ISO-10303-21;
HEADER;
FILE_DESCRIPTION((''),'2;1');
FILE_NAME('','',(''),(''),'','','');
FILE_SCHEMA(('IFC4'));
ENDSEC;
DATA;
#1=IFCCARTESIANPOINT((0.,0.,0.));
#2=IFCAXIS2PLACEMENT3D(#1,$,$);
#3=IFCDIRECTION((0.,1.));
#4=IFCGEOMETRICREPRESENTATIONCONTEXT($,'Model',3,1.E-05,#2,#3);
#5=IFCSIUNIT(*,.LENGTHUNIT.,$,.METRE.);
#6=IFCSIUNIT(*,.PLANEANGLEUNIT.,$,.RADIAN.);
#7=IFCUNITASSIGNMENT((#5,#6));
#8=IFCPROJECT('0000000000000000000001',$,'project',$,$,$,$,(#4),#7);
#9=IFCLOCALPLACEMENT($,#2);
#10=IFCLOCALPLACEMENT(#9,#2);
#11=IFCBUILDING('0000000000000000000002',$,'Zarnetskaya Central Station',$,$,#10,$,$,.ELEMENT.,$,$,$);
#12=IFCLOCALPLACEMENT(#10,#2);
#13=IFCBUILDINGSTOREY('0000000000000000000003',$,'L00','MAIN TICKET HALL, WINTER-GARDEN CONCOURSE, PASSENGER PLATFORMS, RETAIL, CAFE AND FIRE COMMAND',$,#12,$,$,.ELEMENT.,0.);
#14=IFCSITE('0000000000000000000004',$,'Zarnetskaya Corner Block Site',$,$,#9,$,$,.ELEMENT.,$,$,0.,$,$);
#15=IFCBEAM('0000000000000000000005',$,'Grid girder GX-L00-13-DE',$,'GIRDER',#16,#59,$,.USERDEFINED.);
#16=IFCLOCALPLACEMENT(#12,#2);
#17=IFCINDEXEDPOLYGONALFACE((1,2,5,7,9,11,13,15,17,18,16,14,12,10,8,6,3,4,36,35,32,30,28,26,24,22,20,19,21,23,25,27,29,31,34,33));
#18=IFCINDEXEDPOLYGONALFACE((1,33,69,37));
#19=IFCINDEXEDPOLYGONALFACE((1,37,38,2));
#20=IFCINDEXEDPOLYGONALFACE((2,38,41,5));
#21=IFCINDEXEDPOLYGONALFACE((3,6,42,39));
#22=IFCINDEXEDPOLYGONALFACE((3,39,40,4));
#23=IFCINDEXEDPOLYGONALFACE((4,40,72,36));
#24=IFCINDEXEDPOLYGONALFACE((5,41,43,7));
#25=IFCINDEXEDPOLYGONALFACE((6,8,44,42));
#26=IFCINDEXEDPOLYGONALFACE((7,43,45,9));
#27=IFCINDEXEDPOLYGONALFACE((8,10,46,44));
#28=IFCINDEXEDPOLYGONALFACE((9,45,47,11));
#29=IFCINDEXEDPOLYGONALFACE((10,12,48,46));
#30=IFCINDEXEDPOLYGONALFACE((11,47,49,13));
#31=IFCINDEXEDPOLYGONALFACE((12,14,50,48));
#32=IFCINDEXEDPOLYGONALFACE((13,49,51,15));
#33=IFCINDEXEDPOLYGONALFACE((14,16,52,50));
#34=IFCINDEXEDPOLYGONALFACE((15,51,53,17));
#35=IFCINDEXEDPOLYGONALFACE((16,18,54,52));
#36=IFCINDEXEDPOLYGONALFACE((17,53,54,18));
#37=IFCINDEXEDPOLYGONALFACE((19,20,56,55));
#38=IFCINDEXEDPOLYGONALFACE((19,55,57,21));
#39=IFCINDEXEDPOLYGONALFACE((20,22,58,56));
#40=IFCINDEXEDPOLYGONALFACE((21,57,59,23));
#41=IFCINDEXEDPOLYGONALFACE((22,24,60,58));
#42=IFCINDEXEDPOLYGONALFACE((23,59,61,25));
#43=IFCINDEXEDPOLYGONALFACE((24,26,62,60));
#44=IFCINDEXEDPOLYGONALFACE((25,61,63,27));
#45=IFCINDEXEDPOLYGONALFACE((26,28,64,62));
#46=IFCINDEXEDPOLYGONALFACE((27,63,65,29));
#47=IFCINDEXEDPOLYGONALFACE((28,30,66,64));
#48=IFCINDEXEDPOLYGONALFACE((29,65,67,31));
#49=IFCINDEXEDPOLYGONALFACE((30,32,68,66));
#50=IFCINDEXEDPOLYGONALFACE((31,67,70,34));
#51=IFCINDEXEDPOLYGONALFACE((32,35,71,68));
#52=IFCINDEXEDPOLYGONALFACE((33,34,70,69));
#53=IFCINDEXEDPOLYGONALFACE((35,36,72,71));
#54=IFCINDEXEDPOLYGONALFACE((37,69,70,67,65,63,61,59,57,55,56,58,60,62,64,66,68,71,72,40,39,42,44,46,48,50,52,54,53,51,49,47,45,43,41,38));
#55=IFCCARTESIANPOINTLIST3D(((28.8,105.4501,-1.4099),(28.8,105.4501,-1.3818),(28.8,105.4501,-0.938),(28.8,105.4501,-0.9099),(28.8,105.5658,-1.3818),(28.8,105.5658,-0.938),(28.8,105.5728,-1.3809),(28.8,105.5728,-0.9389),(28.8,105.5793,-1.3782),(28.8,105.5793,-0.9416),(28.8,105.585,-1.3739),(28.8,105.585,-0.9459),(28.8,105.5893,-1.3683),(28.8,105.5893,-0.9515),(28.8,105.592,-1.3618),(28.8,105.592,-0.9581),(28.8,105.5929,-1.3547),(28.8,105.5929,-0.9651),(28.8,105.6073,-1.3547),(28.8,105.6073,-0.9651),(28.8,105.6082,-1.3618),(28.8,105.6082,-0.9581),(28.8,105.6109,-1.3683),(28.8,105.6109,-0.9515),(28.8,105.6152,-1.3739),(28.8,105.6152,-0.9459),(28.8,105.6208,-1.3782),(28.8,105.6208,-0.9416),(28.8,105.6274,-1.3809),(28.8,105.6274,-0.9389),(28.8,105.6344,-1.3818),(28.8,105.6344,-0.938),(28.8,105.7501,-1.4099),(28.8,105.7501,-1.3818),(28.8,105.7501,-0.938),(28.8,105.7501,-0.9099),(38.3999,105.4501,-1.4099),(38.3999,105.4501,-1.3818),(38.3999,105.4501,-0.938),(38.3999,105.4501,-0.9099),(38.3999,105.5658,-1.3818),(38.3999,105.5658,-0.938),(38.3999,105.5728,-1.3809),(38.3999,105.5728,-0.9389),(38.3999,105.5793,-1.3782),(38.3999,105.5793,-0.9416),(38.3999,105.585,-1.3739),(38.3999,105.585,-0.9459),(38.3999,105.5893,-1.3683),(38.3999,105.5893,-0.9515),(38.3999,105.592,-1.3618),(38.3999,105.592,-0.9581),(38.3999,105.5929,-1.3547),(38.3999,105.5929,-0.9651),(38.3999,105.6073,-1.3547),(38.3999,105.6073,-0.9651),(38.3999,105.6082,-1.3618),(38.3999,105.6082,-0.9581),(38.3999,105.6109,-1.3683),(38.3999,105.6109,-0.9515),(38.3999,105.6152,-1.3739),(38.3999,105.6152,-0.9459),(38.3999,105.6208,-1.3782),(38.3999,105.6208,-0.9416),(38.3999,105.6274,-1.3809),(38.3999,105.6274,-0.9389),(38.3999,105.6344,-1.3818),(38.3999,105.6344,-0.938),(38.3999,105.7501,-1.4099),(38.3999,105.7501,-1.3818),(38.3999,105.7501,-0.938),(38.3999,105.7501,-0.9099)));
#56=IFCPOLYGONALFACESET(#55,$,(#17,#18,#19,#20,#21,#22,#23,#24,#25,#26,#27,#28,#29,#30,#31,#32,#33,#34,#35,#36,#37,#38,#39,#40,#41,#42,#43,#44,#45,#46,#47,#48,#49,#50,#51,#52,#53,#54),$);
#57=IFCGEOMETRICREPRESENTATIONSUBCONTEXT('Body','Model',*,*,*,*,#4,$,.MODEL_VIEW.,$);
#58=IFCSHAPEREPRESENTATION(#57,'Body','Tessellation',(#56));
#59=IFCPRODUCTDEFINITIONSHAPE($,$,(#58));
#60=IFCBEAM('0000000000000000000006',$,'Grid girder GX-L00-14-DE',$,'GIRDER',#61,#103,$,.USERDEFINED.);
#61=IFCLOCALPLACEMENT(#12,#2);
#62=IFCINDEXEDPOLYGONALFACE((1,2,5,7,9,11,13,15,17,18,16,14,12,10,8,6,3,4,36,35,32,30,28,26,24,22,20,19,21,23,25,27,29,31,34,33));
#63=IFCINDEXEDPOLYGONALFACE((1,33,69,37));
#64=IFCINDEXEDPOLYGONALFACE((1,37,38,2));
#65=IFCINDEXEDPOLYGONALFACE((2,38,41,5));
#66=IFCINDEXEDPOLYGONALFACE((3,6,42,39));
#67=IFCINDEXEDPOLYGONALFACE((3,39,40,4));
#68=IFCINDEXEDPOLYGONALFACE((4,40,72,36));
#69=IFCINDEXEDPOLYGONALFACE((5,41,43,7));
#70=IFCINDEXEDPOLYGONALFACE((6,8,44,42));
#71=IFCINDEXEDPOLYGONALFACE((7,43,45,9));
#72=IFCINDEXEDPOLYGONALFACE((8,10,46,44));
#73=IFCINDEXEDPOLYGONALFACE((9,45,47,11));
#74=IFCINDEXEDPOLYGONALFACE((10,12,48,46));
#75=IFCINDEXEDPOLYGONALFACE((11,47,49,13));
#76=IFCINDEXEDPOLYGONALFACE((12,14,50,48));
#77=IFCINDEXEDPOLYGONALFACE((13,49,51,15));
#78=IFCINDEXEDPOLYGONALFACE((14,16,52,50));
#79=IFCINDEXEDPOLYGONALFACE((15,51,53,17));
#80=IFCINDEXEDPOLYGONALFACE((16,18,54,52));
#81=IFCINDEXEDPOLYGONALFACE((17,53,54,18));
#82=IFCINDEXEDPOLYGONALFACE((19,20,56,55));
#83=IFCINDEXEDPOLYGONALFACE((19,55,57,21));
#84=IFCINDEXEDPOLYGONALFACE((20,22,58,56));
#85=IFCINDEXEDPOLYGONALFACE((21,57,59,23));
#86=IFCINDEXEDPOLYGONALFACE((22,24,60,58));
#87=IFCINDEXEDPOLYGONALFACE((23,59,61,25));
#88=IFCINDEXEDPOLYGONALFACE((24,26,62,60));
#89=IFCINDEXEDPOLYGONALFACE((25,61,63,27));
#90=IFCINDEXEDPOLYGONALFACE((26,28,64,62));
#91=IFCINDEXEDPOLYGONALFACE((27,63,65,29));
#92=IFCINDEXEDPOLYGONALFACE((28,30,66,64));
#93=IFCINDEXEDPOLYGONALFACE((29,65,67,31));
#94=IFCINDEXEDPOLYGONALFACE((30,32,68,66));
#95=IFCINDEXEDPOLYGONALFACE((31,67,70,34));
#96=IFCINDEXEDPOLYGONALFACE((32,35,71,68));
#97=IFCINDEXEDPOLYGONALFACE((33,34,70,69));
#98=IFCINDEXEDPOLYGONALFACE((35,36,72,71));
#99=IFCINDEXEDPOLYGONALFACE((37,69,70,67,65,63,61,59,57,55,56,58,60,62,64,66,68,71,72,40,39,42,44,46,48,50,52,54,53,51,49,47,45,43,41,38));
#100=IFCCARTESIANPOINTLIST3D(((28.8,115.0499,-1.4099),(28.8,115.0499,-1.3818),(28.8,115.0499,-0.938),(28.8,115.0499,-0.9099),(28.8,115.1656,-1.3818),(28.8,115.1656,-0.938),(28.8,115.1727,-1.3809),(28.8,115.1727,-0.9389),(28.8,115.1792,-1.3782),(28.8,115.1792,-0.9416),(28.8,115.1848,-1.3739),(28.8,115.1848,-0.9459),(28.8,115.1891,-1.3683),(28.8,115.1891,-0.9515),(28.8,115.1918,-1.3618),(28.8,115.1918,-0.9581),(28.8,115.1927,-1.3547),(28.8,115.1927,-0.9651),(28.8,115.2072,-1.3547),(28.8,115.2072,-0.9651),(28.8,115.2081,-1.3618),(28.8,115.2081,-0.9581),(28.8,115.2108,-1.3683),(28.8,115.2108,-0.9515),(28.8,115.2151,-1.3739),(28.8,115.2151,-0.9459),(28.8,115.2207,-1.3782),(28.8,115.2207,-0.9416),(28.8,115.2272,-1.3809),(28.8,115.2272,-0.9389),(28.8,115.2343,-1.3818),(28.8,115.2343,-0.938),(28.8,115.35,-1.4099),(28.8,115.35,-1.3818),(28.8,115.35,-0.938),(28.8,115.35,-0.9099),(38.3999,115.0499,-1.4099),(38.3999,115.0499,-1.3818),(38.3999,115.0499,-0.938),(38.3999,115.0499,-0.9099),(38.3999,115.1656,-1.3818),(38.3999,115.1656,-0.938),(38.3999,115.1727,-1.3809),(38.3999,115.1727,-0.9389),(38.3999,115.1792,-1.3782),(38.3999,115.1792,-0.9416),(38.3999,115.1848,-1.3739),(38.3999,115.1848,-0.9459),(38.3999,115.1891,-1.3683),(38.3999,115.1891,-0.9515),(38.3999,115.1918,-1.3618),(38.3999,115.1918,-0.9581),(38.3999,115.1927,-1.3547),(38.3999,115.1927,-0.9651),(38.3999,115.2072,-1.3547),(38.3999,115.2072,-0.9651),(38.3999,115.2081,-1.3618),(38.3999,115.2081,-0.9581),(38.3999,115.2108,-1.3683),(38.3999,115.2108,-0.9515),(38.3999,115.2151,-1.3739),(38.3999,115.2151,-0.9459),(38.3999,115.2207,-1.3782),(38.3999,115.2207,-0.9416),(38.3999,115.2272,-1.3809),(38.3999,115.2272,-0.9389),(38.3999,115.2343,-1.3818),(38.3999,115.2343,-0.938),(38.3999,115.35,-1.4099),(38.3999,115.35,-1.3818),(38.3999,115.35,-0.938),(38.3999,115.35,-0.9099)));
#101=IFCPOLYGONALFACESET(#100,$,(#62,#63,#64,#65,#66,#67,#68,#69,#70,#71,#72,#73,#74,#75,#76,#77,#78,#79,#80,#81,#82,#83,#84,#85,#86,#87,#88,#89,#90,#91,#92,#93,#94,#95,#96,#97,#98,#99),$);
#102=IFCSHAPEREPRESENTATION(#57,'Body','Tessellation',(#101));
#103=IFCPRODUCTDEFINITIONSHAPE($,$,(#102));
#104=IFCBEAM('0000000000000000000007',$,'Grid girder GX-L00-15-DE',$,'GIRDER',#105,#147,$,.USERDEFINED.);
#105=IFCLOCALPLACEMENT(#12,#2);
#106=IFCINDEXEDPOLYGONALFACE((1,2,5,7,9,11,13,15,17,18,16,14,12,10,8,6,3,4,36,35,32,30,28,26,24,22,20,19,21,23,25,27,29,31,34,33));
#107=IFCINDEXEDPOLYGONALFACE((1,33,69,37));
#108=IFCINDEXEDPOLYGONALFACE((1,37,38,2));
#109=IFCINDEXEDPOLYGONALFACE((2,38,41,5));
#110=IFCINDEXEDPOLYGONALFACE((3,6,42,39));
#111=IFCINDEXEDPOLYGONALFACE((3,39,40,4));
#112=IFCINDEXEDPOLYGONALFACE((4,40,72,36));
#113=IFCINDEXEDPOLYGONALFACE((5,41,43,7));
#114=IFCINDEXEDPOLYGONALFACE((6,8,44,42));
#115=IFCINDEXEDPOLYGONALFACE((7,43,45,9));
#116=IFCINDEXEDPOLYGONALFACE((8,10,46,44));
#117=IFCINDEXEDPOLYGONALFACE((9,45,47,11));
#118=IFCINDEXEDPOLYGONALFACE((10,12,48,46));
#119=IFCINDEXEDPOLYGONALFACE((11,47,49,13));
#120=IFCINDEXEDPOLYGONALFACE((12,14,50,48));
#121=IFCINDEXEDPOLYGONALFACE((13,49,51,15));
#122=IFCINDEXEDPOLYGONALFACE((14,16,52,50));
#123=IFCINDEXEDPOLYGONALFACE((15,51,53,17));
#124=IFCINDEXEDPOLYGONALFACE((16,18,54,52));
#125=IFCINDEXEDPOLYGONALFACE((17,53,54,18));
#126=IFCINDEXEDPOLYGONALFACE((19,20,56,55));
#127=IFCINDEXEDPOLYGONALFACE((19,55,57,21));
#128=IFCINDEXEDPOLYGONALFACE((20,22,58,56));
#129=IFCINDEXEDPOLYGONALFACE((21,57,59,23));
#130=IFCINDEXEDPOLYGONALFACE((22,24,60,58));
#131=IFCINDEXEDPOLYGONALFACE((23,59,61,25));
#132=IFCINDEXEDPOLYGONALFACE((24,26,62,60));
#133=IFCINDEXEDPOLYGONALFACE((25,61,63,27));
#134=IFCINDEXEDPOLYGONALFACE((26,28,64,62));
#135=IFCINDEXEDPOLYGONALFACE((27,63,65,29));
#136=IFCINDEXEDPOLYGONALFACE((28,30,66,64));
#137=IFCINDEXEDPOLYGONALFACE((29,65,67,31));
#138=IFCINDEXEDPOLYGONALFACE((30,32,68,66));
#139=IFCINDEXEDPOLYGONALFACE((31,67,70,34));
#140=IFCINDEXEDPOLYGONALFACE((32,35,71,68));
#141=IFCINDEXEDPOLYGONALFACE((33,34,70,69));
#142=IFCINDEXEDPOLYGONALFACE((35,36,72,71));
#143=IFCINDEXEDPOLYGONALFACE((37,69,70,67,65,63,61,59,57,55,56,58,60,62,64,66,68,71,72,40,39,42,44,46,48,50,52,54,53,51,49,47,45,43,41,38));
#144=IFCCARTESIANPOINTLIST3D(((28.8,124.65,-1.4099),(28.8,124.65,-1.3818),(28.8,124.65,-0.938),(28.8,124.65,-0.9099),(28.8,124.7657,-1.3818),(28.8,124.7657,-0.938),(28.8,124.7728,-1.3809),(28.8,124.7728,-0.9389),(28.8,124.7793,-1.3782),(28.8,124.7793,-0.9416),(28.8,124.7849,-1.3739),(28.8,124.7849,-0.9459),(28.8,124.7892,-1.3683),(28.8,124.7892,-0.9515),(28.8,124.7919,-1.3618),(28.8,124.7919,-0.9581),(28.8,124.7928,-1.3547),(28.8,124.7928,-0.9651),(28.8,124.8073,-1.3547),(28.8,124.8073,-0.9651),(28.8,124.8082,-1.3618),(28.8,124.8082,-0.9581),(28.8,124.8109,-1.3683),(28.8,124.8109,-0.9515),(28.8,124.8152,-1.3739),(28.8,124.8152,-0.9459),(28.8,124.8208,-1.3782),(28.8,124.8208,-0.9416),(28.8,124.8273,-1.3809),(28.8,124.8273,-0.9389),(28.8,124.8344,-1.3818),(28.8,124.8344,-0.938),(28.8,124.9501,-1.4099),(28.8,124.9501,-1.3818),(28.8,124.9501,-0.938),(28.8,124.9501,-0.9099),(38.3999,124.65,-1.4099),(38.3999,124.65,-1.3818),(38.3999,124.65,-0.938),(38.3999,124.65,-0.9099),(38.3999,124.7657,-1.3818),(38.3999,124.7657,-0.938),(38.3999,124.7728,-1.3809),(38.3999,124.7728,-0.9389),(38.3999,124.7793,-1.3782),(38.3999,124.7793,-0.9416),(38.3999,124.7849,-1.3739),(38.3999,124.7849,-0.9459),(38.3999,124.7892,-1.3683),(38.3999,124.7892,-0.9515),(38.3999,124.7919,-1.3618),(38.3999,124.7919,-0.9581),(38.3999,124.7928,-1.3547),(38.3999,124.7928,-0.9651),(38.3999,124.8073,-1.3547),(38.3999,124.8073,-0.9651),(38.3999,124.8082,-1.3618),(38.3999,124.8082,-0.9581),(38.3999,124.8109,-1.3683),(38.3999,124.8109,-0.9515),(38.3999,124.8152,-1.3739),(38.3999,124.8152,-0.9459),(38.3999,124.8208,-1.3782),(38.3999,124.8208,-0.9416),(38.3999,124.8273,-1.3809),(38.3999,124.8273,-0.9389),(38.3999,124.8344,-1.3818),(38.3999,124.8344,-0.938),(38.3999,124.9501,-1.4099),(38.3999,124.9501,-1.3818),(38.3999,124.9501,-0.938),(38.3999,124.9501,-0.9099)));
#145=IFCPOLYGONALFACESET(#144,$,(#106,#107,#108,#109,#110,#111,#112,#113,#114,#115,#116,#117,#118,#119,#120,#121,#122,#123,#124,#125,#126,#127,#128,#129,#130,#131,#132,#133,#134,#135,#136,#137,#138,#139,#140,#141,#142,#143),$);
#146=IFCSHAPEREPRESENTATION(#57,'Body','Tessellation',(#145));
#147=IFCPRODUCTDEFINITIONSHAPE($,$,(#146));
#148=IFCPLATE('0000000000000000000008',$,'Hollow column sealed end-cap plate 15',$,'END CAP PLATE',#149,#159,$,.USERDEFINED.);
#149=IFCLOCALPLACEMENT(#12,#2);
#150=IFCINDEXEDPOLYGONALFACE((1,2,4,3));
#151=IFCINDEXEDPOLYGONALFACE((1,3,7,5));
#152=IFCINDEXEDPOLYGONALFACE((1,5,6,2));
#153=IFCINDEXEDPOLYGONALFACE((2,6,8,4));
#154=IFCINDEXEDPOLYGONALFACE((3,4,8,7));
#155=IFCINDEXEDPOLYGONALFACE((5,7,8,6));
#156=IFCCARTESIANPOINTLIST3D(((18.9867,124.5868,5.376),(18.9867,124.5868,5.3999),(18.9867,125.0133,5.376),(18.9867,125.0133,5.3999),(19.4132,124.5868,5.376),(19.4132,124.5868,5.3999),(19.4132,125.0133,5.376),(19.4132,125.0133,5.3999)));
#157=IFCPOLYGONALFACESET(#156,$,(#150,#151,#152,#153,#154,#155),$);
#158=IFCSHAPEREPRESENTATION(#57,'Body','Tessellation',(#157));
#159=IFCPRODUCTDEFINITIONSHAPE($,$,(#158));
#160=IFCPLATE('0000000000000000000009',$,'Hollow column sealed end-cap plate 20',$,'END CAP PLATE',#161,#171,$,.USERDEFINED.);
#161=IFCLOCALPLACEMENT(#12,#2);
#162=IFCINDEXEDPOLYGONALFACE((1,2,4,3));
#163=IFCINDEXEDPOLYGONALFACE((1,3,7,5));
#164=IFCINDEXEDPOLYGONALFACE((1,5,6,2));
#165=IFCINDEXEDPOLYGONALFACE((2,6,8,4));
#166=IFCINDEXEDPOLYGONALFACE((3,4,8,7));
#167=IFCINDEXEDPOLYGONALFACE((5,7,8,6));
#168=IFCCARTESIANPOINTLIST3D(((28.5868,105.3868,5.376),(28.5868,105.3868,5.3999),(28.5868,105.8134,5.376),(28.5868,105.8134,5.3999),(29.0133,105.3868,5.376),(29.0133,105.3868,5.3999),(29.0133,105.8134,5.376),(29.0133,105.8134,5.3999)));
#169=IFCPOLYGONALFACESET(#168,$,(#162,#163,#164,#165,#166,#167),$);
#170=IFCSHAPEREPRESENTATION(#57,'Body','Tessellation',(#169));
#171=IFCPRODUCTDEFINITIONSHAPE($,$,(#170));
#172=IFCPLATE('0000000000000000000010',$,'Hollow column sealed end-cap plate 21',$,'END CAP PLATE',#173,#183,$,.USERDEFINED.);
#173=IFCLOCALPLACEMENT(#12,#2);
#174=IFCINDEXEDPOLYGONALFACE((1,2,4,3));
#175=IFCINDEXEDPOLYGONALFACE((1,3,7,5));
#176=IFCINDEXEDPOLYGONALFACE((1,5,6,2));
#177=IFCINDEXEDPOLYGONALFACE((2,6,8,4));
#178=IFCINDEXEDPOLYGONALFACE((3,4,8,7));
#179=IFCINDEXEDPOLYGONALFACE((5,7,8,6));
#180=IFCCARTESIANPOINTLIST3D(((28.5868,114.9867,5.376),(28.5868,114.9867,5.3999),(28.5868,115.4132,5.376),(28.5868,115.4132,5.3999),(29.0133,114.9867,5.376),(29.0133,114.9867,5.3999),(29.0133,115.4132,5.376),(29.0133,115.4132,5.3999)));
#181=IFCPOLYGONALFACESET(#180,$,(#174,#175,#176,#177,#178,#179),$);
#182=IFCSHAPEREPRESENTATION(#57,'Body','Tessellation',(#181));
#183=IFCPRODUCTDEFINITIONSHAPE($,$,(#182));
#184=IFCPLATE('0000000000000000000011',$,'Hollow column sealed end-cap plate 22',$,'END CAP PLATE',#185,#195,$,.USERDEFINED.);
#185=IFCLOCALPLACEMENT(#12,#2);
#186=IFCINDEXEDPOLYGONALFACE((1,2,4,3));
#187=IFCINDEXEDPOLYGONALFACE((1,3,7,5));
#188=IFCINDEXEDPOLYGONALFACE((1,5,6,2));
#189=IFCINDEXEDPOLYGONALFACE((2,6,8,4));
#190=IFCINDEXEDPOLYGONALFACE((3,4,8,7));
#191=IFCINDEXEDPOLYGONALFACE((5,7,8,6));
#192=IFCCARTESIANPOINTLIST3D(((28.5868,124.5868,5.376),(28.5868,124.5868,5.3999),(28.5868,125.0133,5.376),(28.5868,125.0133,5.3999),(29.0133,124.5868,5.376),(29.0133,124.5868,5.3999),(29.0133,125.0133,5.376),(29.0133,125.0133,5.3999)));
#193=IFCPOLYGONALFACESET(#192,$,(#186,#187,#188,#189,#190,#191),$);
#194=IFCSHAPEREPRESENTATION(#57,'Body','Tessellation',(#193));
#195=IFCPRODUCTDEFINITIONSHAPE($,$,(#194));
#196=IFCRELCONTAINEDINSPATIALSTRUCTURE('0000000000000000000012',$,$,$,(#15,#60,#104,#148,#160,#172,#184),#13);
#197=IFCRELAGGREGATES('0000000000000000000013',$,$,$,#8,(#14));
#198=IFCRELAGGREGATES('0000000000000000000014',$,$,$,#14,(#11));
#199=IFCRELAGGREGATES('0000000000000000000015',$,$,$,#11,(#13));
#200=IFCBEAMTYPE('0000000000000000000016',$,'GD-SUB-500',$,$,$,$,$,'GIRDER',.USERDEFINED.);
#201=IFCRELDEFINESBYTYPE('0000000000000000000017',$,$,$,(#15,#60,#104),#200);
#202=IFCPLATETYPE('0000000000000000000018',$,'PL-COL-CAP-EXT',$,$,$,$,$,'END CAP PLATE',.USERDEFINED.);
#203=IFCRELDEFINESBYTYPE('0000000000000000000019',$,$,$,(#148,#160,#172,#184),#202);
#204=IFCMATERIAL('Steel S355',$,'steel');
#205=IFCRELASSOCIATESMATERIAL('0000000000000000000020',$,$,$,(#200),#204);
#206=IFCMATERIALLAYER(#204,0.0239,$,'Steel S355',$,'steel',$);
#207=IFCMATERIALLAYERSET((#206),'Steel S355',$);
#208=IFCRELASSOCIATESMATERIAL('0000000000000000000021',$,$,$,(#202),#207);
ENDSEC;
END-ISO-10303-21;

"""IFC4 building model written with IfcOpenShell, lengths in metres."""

from ifc_helpers import new_model, si_unit, direction, frame, origin, origin_2d, place, context, subcontext, project, spatial, rectangle, i_section, extrude, material, layer, layer_set, material_profile, profile_set, type_object, element, save


model = new_model("IFC4")

# Units and contexts
model_context = context("Model", 3, precision=1e-05, world=origin(), true_north=direction((0.0, 1.0)))
body_context = subcontext(model_context, "Body", "Model", "MODEL_VIEW")
ifc_project = project(units=[si_unit("LENGTHUNIT", "METRE"), si_unit("PLANEANGLEUNIT", "RADIAN")], contexts=[model_context])

# Site, building, storey
site_placement = place(None, origin())
site = spatial("IfcSite", under=ifc_project, at=site_placement, Name="Zarnetskaya Corner Block Site", CompositionType="ELEMENT", RefElevation=0.0)
building_placement = place(site_placement, origin())
building = spatial("IfcBuilding", under=site, at=building_placement, Name="Zarnetskaya Central Station", CompositionType="ELEMENT")
storey_placement = place(building_placement, origin())
storey = spatial("IfcBuildingStorey", under=building, at=storey_placement, Name="L00", Description="MAIN TICKET HALL, WINTER-GARDEN CONCOURSE, PASSENGER PLATFORMS, RETAIL, CAFE AND FIRE COMMAND", CompositionType="ELEMENT", Elevation=0.0)

# Shared definitions
ifc_material = material(Name="Steel S355", Category="steel")

# Beams
ifc_material_profile_1 = material_profile(ifc_material, i_section(OverallWidth=0.3, OverallDepth=0.5, WebThickness=0.0144, FlangeThickness=0.0281, FilletRadius=0.0271, at=origin_2d()), Name="HEB 500")
ifc_profile_set_1 = profile_set([ifc_material_profile_1], Name="Steel S355")
beam_type_1 = type_object("IfcBeamType", Name="GD-SUB-500", ElementType="GIRDER", PredefinedType="USERDEFINED", material=ifc_profile_set_1)
for number, where, z_axis, x_axis, name in (
    (1, (28.8, 105.6001, -1.1599), (1.0, 0.0, 0.0), (0.0, 1.0, 0.0), "Grid girder GX-L00-13-DE"),
    (2, (28.8, 115.2, -1.1599), (1.0, 0.0, 0.0), (0.0, 1.0, 0.0), "Grid girder GX-L00-14-DE"),
    (3, (28.8, 124.8, -1.1599), (1.0, 0.0, 0.0), (0.0, 1.0, 0.0), "Grid girder GX-L00-15-DE"),
):
    element("IfcBeam", number, at=place(storey_placement, frame(where, z_axis=z_axis, x_axis=x_axis)), inside=storey, type_object=beam_type_1, Name=name, ObjectType="GIRDER", PredefinedType="USERDEFINED", context=body_context, shape_type="SweptSolid", body=[
        extrude(i_section(OverallWidth=0.3, OverallDepth=0.5, WebThickness=0.0144, FlangeThickness=0.0281, FilletRadius=0.0271, at=origin_2d()), origin(), (0.0, 0.0, 1.0), 9.5999),
    ])

# Plates
ifc_layer = layer(ifc_material, 0.0239, Name="Steel S355", Category="steel")
ifc_layer_set = layer_set([ifc_layer], Name="Steel S355")
plate_type = type_object("IfcPlateType", Name="PL-COL-CAP-EXT", ElementType="END CAP PLATE", PredefinedType="USERDEFINED", material=ifc_layer_set)
for number, where, z_axis, x_axis, name in (
    (4, (19.2, 124.8, 5.376), (0.0, 0.0, 1.0), (1.0, 0.0, 0.0), "Hollow column sealed end-cap plate 15"),
    (5, (28.8, 105.6001, 5.376), (0.0, 0.0, 1.0), (1.0, 0.0, 0.0), "Hollow column sealed end-cap plate 20"),
    (6, (28.8, 115.2, 5.376), (0.0, 0.0, 1.0), (1.0, 0.0, 0.0), "Hollow column sealed end-cap plate 21"),
    (7, (28.8, 124.8, 5.376), (0.0, 0.0, 1.0), (1.0, 0.0, 0.0), "Hollow column sealed end-cap plate 22"),
):
    element("IfcPlate", number, at=place(storey_placement, frame(where, z_axis=z_axis, x_axis=x_axis)), inside=storey, type_object=plate_type, Name=name, ObjectType="END CAP PLATE", PredefinedType="USERDEFINED", context=body_context, shape_type="SweptSolid", body=[
        extrude(rectangle(XDim=0.4265, YDim=0.4265, at=origin_2d()), origin(), (0.0, 0.0, 1.0), 0.0239),
    ])

save(model, "model.ifc")
